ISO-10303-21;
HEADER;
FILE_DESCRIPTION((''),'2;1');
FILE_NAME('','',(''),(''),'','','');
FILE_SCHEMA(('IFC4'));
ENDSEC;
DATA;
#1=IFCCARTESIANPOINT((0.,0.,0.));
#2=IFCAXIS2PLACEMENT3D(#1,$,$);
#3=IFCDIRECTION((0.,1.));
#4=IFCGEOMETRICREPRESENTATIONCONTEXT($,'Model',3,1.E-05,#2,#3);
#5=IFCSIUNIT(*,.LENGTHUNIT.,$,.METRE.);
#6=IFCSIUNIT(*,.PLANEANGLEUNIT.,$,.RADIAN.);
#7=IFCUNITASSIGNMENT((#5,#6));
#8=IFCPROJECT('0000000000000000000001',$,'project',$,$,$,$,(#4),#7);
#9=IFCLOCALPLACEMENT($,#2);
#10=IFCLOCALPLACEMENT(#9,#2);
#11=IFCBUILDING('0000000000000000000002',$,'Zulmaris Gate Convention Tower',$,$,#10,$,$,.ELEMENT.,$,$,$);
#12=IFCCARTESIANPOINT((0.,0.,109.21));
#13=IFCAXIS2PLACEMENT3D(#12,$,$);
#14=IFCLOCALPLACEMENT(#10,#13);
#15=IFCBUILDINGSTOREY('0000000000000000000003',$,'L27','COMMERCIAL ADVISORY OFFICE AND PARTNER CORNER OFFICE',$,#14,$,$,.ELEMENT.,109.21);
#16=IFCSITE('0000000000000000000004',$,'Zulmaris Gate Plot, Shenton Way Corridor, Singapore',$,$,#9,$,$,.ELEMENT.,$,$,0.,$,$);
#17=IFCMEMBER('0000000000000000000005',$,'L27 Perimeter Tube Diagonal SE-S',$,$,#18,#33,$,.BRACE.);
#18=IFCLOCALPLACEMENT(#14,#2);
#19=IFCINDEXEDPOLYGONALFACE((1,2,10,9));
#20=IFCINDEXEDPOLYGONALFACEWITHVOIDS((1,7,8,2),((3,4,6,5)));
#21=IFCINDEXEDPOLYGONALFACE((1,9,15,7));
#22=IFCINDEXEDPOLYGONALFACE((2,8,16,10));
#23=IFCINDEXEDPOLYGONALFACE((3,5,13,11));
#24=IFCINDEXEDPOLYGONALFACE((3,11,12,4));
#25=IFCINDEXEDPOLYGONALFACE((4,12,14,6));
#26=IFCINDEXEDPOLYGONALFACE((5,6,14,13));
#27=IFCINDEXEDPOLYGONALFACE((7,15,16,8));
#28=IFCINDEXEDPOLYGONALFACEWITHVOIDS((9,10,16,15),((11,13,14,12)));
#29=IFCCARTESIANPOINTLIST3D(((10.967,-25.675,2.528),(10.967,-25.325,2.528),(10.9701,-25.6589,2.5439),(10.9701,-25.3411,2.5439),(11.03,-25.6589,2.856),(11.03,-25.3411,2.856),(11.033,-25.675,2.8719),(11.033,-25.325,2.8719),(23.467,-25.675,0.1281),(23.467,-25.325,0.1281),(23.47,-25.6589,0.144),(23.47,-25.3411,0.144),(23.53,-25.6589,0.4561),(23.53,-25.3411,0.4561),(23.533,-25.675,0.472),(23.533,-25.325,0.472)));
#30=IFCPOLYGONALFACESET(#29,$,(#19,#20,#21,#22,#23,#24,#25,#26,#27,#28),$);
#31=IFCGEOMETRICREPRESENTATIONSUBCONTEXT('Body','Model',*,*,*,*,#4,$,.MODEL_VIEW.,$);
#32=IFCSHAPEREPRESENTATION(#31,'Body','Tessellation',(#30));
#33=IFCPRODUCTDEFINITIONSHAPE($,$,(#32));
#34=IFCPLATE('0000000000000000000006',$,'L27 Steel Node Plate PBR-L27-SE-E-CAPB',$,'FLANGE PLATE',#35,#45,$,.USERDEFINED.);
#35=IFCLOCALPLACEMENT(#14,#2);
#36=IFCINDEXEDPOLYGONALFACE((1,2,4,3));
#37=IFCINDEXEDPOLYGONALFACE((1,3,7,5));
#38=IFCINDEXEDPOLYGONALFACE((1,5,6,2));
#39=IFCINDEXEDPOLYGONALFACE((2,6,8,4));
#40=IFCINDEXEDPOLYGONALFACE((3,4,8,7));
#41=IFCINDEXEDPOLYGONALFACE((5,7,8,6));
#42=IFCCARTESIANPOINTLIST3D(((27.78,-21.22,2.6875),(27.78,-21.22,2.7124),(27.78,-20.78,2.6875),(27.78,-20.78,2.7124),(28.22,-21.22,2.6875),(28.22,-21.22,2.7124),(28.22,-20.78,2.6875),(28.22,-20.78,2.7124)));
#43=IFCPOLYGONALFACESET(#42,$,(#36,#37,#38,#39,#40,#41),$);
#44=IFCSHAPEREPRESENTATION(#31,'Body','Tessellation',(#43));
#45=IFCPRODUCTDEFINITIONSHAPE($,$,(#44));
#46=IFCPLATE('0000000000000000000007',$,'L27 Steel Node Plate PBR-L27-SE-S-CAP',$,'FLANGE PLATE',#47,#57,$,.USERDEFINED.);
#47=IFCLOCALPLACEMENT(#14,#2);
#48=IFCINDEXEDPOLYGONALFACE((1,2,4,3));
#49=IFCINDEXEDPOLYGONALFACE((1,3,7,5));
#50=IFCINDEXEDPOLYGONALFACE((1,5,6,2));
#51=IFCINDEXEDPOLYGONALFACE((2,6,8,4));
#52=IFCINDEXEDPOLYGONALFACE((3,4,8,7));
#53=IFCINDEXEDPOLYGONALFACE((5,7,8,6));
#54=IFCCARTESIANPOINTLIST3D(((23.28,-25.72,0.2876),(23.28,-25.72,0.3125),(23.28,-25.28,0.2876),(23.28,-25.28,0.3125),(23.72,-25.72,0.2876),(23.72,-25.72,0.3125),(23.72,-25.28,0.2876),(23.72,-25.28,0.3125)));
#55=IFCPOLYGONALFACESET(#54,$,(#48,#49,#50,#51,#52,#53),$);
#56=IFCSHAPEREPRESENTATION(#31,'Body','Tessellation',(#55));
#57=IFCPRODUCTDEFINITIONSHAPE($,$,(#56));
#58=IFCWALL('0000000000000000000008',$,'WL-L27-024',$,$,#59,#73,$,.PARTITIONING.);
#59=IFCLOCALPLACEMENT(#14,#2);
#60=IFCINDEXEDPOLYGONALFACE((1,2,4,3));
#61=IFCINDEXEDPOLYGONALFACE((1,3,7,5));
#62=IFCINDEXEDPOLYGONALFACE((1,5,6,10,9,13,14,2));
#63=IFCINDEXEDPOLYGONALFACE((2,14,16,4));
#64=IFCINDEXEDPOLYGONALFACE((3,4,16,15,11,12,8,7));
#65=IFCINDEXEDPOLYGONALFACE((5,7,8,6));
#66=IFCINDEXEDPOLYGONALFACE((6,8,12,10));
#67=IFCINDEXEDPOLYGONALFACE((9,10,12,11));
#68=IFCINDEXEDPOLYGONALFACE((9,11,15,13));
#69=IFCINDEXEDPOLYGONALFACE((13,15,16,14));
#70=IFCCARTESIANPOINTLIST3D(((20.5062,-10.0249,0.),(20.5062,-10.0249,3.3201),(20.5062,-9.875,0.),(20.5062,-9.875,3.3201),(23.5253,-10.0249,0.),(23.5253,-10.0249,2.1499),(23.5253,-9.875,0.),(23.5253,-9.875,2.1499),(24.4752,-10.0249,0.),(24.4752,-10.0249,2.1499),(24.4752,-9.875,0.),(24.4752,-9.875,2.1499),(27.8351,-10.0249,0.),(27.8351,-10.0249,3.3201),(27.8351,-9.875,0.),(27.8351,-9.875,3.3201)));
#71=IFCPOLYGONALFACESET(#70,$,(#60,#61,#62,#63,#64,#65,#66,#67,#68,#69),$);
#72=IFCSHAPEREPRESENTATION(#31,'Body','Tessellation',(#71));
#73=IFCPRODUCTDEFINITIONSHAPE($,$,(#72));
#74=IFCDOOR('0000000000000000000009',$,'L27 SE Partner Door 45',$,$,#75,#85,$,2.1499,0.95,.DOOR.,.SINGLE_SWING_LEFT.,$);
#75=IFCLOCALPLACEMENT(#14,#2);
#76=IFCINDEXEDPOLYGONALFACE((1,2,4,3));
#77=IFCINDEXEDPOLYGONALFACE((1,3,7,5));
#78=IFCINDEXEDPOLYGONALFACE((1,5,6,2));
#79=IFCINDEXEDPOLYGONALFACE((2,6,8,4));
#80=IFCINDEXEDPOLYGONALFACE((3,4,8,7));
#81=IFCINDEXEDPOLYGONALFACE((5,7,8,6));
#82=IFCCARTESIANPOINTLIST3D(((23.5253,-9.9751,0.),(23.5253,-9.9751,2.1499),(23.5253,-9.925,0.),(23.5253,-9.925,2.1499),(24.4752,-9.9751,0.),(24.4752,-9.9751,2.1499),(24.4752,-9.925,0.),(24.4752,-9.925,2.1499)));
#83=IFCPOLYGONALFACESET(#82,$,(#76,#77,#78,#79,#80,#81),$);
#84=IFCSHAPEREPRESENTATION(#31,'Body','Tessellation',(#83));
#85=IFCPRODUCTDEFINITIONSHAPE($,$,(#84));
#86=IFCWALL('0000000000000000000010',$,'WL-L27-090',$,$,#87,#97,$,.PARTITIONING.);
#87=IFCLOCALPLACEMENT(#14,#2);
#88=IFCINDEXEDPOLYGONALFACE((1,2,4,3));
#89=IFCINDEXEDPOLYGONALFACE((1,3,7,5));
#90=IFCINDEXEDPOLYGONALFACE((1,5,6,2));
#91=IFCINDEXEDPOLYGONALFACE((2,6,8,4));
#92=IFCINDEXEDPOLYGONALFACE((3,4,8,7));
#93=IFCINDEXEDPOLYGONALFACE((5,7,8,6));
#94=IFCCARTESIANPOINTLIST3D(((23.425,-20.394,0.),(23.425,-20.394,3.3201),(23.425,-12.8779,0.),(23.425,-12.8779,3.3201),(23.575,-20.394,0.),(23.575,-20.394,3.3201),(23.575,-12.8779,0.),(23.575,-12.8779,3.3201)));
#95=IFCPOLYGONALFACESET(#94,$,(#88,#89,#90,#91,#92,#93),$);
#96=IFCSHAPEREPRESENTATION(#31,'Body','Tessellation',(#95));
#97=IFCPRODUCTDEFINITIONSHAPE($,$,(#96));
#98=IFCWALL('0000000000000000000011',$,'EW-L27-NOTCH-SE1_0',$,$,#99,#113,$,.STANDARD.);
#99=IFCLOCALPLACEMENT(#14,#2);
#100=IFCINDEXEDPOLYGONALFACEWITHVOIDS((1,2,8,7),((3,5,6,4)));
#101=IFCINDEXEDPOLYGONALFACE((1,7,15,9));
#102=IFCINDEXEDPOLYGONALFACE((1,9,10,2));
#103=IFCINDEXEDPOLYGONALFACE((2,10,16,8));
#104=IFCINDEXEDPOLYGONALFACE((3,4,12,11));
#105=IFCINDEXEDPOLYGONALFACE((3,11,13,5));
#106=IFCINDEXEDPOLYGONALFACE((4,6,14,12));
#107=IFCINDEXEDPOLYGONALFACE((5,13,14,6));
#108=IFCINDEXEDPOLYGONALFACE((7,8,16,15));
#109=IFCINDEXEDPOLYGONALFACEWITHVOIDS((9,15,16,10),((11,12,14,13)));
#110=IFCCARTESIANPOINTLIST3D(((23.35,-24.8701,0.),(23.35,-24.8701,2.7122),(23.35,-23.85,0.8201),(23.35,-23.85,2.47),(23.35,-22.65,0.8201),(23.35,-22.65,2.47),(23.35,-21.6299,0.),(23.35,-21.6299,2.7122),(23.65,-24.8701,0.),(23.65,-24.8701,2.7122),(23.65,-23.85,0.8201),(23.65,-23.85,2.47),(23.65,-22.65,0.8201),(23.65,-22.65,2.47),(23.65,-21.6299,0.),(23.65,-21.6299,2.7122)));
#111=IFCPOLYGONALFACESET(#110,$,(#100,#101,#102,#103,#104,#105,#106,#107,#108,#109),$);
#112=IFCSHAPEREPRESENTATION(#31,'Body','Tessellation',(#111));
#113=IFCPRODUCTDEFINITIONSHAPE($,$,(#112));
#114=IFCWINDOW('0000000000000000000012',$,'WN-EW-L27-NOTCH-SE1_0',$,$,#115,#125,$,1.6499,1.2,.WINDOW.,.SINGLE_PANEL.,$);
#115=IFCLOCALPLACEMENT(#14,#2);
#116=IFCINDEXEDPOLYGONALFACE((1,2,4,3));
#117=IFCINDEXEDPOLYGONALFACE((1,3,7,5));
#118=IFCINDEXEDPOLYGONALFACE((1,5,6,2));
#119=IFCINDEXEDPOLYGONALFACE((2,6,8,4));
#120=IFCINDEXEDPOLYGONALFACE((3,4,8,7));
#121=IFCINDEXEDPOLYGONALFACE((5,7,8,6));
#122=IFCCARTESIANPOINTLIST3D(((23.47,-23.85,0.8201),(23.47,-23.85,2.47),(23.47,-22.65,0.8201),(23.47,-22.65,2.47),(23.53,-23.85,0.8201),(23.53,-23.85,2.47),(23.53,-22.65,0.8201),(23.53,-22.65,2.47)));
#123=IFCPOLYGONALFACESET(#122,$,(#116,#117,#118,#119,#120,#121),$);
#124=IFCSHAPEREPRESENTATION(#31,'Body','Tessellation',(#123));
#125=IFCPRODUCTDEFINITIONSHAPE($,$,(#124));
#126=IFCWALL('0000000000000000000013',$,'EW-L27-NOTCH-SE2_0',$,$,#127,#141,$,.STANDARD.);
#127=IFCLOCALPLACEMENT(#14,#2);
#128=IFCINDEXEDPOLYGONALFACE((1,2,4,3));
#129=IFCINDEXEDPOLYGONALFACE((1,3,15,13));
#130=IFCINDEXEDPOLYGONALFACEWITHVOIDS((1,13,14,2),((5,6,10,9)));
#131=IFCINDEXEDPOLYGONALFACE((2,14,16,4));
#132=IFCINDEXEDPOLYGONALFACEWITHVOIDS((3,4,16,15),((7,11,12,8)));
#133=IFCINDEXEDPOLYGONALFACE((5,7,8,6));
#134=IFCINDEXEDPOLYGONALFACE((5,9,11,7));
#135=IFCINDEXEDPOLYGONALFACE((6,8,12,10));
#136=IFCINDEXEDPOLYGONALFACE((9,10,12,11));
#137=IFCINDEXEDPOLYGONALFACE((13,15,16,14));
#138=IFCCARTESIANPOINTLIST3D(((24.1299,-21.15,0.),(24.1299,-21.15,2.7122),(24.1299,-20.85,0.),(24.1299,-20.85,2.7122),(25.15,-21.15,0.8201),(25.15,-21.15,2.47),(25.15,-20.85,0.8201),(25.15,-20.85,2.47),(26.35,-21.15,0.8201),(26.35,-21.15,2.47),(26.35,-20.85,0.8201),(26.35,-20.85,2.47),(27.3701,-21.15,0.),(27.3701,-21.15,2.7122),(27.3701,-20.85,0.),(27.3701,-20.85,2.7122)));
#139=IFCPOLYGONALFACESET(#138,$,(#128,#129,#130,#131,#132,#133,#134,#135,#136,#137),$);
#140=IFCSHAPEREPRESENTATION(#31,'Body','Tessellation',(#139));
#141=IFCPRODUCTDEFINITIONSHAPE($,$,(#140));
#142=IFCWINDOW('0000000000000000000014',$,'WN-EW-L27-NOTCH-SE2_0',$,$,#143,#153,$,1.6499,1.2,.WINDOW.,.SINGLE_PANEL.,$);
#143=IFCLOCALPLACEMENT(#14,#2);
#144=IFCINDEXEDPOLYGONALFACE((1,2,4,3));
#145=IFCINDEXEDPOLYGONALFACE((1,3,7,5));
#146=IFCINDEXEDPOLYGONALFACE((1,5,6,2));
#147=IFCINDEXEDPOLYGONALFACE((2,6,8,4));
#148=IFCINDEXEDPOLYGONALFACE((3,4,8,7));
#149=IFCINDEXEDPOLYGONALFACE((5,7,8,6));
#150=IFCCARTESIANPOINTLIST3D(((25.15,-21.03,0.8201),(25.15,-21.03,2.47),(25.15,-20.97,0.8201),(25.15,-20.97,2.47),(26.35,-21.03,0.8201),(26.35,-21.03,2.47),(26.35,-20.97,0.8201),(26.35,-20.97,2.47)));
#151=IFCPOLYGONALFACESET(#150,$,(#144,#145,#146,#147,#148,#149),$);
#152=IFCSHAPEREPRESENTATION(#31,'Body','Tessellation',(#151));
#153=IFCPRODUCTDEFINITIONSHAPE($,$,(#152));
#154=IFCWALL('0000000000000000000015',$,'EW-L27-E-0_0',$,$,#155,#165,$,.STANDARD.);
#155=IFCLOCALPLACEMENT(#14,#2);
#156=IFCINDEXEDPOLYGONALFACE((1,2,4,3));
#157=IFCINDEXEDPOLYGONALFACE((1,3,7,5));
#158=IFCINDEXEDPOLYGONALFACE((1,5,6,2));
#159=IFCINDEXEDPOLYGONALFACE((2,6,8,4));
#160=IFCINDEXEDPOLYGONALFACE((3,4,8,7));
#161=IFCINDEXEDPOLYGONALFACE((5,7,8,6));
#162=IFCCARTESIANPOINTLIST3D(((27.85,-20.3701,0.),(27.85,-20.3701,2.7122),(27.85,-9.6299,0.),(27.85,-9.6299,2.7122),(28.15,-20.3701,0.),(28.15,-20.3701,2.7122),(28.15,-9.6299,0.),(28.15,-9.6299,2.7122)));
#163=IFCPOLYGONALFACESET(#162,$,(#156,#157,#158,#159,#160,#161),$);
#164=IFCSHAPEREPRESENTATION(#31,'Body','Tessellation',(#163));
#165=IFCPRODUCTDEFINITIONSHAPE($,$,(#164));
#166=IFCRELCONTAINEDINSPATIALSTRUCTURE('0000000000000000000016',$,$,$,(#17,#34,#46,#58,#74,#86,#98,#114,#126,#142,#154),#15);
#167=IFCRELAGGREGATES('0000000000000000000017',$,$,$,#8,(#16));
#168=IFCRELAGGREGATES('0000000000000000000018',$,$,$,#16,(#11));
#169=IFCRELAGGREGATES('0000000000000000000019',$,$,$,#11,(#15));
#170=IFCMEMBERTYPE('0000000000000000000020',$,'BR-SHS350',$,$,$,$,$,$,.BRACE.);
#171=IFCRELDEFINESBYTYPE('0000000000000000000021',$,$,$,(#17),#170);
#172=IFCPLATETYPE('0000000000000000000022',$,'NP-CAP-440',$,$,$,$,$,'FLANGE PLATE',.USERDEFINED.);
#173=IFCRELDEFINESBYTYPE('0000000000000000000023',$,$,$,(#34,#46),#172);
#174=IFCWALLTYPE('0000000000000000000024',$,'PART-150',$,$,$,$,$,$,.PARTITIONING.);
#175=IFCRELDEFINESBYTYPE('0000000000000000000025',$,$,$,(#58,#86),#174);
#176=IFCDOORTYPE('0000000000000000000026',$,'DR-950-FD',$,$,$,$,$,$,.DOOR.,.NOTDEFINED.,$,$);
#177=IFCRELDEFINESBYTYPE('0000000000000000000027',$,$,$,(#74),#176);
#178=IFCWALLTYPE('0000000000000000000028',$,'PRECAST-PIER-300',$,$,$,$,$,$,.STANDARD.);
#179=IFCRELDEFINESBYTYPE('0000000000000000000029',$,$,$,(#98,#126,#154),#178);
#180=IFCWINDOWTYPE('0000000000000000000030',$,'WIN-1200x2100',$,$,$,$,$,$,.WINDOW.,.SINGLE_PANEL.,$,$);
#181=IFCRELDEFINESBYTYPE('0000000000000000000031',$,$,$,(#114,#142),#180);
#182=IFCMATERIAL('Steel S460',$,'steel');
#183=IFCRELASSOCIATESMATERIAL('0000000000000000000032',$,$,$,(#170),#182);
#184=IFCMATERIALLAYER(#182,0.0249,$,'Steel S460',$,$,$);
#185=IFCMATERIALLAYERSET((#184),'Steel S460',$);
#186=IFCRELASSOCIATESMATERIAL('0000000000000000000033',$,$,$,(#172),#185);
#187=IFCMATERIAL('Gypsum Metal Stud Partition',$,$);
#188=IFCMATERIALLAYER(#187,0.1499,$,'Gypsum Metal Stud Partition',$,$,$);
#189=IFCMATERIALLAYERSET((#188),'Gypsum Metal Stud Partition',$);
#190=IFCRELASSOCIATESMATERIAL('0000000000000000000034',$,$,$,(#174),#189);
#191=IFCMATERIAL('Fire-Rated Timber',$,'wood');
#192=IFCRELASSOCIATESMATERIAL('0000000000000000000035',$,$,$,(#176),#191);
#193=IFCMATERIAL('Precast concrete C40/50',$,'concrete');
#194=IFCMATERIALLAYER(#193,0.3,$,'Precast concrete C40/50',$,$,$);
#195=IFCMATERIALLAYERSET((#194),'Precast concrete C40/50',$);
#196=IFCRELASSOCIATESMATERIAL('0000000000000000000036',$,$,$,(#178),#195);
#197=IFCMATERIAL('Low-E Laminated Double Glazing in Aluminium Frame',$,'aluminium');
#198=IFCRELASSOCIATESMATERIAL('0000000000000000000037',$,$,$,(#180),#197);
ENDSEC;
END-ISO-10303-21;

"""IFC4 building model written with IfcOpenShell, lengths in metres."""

from ifc_helpers import new_model, si_unit, direction, frame, frame_2d, origin, origin_2d, place, context, subcontext, project, spatial, rectangle, hollow_rectangle, extrude, material, layer, layer_set, material_profile, profile_set, type_object, element, fill, save


model = new_model("IFC4")

# Units and contexts
model_context = context("Model", 3, precision=1e-05, world=origin(), true_north=direction((0.0, 1.0)))
body_context = subcontext(model_context, "Body", "Model", "MODEL_VIEW")
ifc_project = project(units=[si_unit("LENGTHUNIT", "METRE"), si_unit("PLANEANGLEUNIT", "RADIAN")], contexts=[model_context])

# Site, building, storey
site_placement = place(None, origin())
site = spatial("IfcSite", under=ifc_project, at=site_placement, Name="Zulmaris Gate Plot, Shenton Way Corridor, Singapore", CompositionType="ELEMENT", RefElevation=0.0)
building_placement = place(site_placement, origin())
building = spatial("IfcBuilding", under=site, at=building_placement, Name="Zulmaris Gate Convention Tower", CompositionType="ELEMENT")
storey_placement = place(building_placement, frame((0.0, 0.0, 109.21)))
storey = spatial("IfcBuildingStorey", under=building, at=storey_placement, Name="L27", Description="COMMERCIAL ADVISORY OFFICE AND PARTNER CORNER OFFICE", CompositionType="ELEMENT", Elevation=109.21)

# Member
ifc_material_1 = material(Name="Steel S460", Category="steel")
ifc_material_profile_1 = material_profile(ifc_material_1, hollow_rectangle(XDim=0.3501, YDim=0.3501, WallThickness=0.0161, at=origin_2d()), Name="SHS 350x350x16")
ifc_profile_set_1 = profile_set([ifc_material_profile_1], Name="Steel S460")
member_type = type_object("IfcMemberType", Name="BR-SHS350", PredefinedType="BRACE", material=ifc_profile_set_1)
member_placement = place(storey_placement, frame((23.5, -25.5, 0.3), z_axis=(-0.982064, 0.0, 0.188549), x_axis=(0.0, -1.0, 0.0)))
element("IfcMember", 1, at=member_placement, inside=storey, type_object=member_type, Name="L27 Perimeter Tube Diagonal SE-S", PredefinedType="BRACE", context=body_context, shape_type="SweptSolid", body=[
    extrude(hollow_rectangle(XDim=0.3501, YDim=0.3501, WallThickness=0.0161, at=origin_2d()), origin(), (0.0, 0.0, 1.0), 12.7283),
])

# Plates
ifc_layer_1 = layer(ifc_material_1, 0.0249, Name="Steel S460")
ifc_layer_set_1 = layer_set([ifc_layer_1], Name="Steel S460")
plate_type = type_object("IfcPlateType", Name="NP-CAP-440", ElementType="FLANGE PLATE", PredefinedType="USERDEFINED", material=ifc_layer_set_1)
for number, where, z_axis, x_axis, name in (
    (2, (28.0, -21.0, 2.6875), (0.0, 0.0, 1.0), (1.0, 0.0, 0.0), "L27 Steel Node Plate PBR-L27-SE-E-CAPB"),
    (3, (23.5, -25.5, 0.2876), (0.0, 0.0, 1.0), (1.0, 0.0, 0.0), "L27 Steel Node Plate PBR-L27-SE-S-CAP"),
):
    element("IfcPlate", number, at=place(storey_placement, frame(where, z_axis=z_axis, x_axis=x_axis)), inside=storey, type_object=plate_type, Name=name, ObjectType="FLANGE PLATE", PredefinedType="USERDEFINED", context=body_context, shape_type="SweptSolid", body=[
        extrude(rectangle(XDim=0.4399, YDim=0.4399, at=origin_2d()), origin(), (0.0, 0.0, 1.0), 0.0249),
    ])

# Wall, opening, door
ifc_material_2 = material(Name="Gypsum Metal Stud Partition")
ifc_layer_2 = layer(ifc_material_2, 0.1499, Name="Gypsum Metal Stud Partition")
ifc_layer_set_2 = layer_set([ifc_layer_2], Name="Gypsum Metal Stud Partition")
wall_type_1 = type_object("IfcWallType", Name="PART-150", PredefinedType="PARTITIONING", material=ifc_layer_set_2)
wall_1_placement = place(storey_placement, frame((20.5061, -9.95, 0.0), z_axis=(0.0, 0.0, 1.0), x_axis=(1.0, 0.0, 0.0)))
wall_1 = element("IfcWall", 4, at=wall_1_placement, inside=storey, type_object=wall_type_1, Name="WL-L27-024", PredefinedType="PARTITIONING", context=body_context, shape_type="SweptSolid", body=[
    extrude(rectangle(XDim=7.3289, YDim=0.1499, at=frame_2d((3.6646, 0.0))), origin(), (0.0, 0.0, 1.0), 3.3201),
])
opening_1_placement = place(wall_1_placement, frame((3.019, 0.0, 0.0)))
opening_1 = element("IfcOpeningElement", 5, at=opening_1_placement, cuts=wall_1, PredefinedType="OPENING", context=body_context, shape_type="SweptSolid", body=[
    extrude(rectangle(XDim=0.95, YDim=2.1499, at=frame_2d((0.4751, 1.075))), frame((0.0, 0.085, 0.0), z_axis=(0.0, -1.0, 0.0), x_axis=(1.0, 0.0, 0.0)), (0.0, 0.0, 1.0), 0.1699),
])
ifc_material_3 = material(Name="Fire-Rated Timber", Category="wood")
door_type_1 = type_object("IfcDoorType", Name="DR-950-FD", OperationType="NOTDEFINED", PredefinedType="DOOR", material=ifc_material_3)
door_1_placement = place(opening_1_placement, origin())
door_1 = element("IfcDoor", 6, at=door_1_placement, inside=storey, type_object=door_type_1, Name="L27 SE Partner Door 45", OperationType="SINGLE_SWING_LEFT", OverallHeight=2.1499, OverallWidth=0.95, PredefinedType="DOOR", context=body_context, shape_type="SweptSolid", body=[
    extrude(rectangle(XDim=0.95, YDim=2.1499, at=frame_2d((0.4751, 1.075))), frame((0.0, 0.0249, 0.0), z_axis=(0.0, -1.0, 0.0), x_axis=(1.0, 0.0, 0.0)), (0.0, 0.0, 1.0), 0.05),
])
fill(opening_1, door_1)

# Wall
wall_2_placement = place(storey_placement, frame((23.5, -20.394, 0.0), z_axis=(0.0, 0.0, 1.0), x_axis=(0.0, 1.0, 0.0)))
element("IfcWall", 7, at=wall_2_placement, inside=storey, type_object=wall_type_1, Name="WL-L27-090", PredefinedType="PARTITIONING", context=body_context, shape_type="SweptSolid", body=[
    extrude(rectangle(XDim=7.5161, YDim=0.1499, at=frame_2d((3.7581, 0.0))), origin(), (0.0, 0.0, 1.0), 3.3201),
])

# Walls, openings, windows
ifc_material_4 = material(Name="Precast concrete C40/50", Category="concrete")
ifc_layer_3 = layer(ifc_material_4, 0.3, Name="Precast concrete C40/50")
ifc_layer_set_3 = layer_set([ifc_layer_3], Name="Precast concrete C40/50")
wall_type_2 = type_object("IfcWallType", Name="PRECAST-PIER-300", PredefinedType="STANDARD", material=ifc_layer_set_3)
wall_3_placement = place(storey_placement, frame((23.5, -24.8701, 0.0), z_axis=(0.0, 0.0, 1.0), x_axis=(0.0, 1.0, 0.0)))
wall_3 = element("IfcWall", 8, at=wall_3_placement, inside=storey, type_object=wall_type_2, Name="EW-L27-NOTCH-SE1_0", PredefinedType="STANDARD", context=body_context, shape_type="SweptSolid", body=[
    extrude(rectangle(XDim=3.2402, YDim=0.3, at=frame_2d((1.6201, 0.0))), origin(), (0.0, 0.0, 1.0), 2.7122),
])
opening_2_placement = place(wall_3_placement, frame((1.02, 0.0, 0.8201)))
opening_2 = element("IfcOpeningElement", 9, at=opening_2_placement, cuts=wall_3, PredefinedType="OPENING", context=body_context, shape_type="SweptSolid", body=[
    extrude(rectangle(XDim=1.2, YDim=1.6499, at=frame_2d((0.6001, 0.825))), frame((0.0, 0.1602, 0.0), z_axis=(0.0, -1.0, 0.0), x_axis=(1.0, 0.0, 0.0)), (0.0, 0.0, 1.0), 0.3201),
])
ifc_material_5 = material(Name="Low-E Laminated Double Glazing in Aluminium Frame", Category="aluminium")
window_type = type_object("IfcWindowType", Name="WIN-1200x2100", PartitioningType="SINGLE_PANEL", PredefinedType="WINDOW", material=ifc_material_5)
window_1_placement = place(opening_2_placement, origin())
window_1 = element("IfcWindow", 10, at=window_1_placement, inside=storey, type_object=window_type, Name="WN-EW-L27-NOTCH-SE1_0", OverallHeight=1.6499, OverallWidth=1.2, PartitioningType="SINGLE_PANEL", PredefinedType="WINDOW", context=body_context, shape_type="SweptSolid", body=[
    extrude(rectangle(XDim=1.2, YDim=1.6499, at=frame_2d((0.6001, 0.825))), frame((0.0, 0.03, 0.0), z_axis=(0.0, -1.0, 0.0), x_axis=(1.0, 0.0, 0.0)), (0.0, 0.0, 1.0), 0.0601),
])
fill(opening_2, window_1)
wall_4_placement = place(storey_placement, frame((24.1299, -21.0, 0.0), z_axis=(0.0, 0.0, 1.0), x_axis=(1.0, 0.0, 0.0)))
wall_4 = element("IfcWall", 11, at=wall_4_placement, inside=storey, type_object=wall_type_2, Name="EW-L27-NOTCH-SE2_0", PredefinedType="STANDARD", context=body_context, shape_type="SweptSolid", body=[
    extrude(rectangle(XDim=3.2402, YDim=0.3, at=frame_2d((1.6201, 0.0))), origin(), (0.0, 0.0, 1.0), 2.7122),
])
opening_3_placement = place(wall_4_placement, frame((1.02, 0.0, 0.8201)))
opening_3 = element("IfcOpeningElement", 12, at=opening_3_placement, cuts=wall_4, PredefinedType="OPENING", context=body_context, shape_type="SweptSolid", body=[
    extrude(rectangle(XDim=1.2, YDim=1.6499, at=frame_2d((0.6001, 0.825))), frame((0.0, 0.1602, 0.0), z_axis=(0.0, -1.0, 0.0), x_axis=(1.0, 0.0, 0.0)), (0.0, 0.0, 1.0), 0.3201),
])
window_2_placement = place(opening_3_placement, origin())
window_2 = element("IfcWindow", 13, at=window_2_placement, inside=storey, type_object=window_type, Name="WN-EW-L27-NOTCH-SE2_0", OverallHeight=1.6499, OverallWidth=1.2, PartitioningType="SINGLE_PANEL", PredefinedType="WINDOW", context=body_context, shape_type="SweptSolid", body=[
    extrude(rectangle(XDim=1.2, YDim=1.6499, at=frame_2d((0.6001, 0.825))), frame((0.0, 0.03, 0.0), z_axis=(0.0, -1.0, 0.0), x_axis=(1.0, 0.0, 0.0)), (0.0, 0.0, 1.0), 0.0601),
])
fill(opening_3, window_2)

# Wall
wall_5_placement = place(storey_placement, frame((28.0, -20.3701, 0.0), z_axis=(0.0, 0.0, 1.0), x_axis=(0.0, 1.0, 0.0)))
element("IfcWall", 14, at=wall_5_placement, inside=storey, type_object=wall_type_2, Name="EW-L27-E-0_0", PredefinedType="STANDARD", context=body_context, shape_type="SweptSolid", body=[
    extrude(rectangle(XDim=10.7402, YDim=0.3, at=frame_2d((5.3701, 0.0))), origin(), (0.0, 0.0, 1.0), 2.7122),
])

save(model, "model.ifc")
